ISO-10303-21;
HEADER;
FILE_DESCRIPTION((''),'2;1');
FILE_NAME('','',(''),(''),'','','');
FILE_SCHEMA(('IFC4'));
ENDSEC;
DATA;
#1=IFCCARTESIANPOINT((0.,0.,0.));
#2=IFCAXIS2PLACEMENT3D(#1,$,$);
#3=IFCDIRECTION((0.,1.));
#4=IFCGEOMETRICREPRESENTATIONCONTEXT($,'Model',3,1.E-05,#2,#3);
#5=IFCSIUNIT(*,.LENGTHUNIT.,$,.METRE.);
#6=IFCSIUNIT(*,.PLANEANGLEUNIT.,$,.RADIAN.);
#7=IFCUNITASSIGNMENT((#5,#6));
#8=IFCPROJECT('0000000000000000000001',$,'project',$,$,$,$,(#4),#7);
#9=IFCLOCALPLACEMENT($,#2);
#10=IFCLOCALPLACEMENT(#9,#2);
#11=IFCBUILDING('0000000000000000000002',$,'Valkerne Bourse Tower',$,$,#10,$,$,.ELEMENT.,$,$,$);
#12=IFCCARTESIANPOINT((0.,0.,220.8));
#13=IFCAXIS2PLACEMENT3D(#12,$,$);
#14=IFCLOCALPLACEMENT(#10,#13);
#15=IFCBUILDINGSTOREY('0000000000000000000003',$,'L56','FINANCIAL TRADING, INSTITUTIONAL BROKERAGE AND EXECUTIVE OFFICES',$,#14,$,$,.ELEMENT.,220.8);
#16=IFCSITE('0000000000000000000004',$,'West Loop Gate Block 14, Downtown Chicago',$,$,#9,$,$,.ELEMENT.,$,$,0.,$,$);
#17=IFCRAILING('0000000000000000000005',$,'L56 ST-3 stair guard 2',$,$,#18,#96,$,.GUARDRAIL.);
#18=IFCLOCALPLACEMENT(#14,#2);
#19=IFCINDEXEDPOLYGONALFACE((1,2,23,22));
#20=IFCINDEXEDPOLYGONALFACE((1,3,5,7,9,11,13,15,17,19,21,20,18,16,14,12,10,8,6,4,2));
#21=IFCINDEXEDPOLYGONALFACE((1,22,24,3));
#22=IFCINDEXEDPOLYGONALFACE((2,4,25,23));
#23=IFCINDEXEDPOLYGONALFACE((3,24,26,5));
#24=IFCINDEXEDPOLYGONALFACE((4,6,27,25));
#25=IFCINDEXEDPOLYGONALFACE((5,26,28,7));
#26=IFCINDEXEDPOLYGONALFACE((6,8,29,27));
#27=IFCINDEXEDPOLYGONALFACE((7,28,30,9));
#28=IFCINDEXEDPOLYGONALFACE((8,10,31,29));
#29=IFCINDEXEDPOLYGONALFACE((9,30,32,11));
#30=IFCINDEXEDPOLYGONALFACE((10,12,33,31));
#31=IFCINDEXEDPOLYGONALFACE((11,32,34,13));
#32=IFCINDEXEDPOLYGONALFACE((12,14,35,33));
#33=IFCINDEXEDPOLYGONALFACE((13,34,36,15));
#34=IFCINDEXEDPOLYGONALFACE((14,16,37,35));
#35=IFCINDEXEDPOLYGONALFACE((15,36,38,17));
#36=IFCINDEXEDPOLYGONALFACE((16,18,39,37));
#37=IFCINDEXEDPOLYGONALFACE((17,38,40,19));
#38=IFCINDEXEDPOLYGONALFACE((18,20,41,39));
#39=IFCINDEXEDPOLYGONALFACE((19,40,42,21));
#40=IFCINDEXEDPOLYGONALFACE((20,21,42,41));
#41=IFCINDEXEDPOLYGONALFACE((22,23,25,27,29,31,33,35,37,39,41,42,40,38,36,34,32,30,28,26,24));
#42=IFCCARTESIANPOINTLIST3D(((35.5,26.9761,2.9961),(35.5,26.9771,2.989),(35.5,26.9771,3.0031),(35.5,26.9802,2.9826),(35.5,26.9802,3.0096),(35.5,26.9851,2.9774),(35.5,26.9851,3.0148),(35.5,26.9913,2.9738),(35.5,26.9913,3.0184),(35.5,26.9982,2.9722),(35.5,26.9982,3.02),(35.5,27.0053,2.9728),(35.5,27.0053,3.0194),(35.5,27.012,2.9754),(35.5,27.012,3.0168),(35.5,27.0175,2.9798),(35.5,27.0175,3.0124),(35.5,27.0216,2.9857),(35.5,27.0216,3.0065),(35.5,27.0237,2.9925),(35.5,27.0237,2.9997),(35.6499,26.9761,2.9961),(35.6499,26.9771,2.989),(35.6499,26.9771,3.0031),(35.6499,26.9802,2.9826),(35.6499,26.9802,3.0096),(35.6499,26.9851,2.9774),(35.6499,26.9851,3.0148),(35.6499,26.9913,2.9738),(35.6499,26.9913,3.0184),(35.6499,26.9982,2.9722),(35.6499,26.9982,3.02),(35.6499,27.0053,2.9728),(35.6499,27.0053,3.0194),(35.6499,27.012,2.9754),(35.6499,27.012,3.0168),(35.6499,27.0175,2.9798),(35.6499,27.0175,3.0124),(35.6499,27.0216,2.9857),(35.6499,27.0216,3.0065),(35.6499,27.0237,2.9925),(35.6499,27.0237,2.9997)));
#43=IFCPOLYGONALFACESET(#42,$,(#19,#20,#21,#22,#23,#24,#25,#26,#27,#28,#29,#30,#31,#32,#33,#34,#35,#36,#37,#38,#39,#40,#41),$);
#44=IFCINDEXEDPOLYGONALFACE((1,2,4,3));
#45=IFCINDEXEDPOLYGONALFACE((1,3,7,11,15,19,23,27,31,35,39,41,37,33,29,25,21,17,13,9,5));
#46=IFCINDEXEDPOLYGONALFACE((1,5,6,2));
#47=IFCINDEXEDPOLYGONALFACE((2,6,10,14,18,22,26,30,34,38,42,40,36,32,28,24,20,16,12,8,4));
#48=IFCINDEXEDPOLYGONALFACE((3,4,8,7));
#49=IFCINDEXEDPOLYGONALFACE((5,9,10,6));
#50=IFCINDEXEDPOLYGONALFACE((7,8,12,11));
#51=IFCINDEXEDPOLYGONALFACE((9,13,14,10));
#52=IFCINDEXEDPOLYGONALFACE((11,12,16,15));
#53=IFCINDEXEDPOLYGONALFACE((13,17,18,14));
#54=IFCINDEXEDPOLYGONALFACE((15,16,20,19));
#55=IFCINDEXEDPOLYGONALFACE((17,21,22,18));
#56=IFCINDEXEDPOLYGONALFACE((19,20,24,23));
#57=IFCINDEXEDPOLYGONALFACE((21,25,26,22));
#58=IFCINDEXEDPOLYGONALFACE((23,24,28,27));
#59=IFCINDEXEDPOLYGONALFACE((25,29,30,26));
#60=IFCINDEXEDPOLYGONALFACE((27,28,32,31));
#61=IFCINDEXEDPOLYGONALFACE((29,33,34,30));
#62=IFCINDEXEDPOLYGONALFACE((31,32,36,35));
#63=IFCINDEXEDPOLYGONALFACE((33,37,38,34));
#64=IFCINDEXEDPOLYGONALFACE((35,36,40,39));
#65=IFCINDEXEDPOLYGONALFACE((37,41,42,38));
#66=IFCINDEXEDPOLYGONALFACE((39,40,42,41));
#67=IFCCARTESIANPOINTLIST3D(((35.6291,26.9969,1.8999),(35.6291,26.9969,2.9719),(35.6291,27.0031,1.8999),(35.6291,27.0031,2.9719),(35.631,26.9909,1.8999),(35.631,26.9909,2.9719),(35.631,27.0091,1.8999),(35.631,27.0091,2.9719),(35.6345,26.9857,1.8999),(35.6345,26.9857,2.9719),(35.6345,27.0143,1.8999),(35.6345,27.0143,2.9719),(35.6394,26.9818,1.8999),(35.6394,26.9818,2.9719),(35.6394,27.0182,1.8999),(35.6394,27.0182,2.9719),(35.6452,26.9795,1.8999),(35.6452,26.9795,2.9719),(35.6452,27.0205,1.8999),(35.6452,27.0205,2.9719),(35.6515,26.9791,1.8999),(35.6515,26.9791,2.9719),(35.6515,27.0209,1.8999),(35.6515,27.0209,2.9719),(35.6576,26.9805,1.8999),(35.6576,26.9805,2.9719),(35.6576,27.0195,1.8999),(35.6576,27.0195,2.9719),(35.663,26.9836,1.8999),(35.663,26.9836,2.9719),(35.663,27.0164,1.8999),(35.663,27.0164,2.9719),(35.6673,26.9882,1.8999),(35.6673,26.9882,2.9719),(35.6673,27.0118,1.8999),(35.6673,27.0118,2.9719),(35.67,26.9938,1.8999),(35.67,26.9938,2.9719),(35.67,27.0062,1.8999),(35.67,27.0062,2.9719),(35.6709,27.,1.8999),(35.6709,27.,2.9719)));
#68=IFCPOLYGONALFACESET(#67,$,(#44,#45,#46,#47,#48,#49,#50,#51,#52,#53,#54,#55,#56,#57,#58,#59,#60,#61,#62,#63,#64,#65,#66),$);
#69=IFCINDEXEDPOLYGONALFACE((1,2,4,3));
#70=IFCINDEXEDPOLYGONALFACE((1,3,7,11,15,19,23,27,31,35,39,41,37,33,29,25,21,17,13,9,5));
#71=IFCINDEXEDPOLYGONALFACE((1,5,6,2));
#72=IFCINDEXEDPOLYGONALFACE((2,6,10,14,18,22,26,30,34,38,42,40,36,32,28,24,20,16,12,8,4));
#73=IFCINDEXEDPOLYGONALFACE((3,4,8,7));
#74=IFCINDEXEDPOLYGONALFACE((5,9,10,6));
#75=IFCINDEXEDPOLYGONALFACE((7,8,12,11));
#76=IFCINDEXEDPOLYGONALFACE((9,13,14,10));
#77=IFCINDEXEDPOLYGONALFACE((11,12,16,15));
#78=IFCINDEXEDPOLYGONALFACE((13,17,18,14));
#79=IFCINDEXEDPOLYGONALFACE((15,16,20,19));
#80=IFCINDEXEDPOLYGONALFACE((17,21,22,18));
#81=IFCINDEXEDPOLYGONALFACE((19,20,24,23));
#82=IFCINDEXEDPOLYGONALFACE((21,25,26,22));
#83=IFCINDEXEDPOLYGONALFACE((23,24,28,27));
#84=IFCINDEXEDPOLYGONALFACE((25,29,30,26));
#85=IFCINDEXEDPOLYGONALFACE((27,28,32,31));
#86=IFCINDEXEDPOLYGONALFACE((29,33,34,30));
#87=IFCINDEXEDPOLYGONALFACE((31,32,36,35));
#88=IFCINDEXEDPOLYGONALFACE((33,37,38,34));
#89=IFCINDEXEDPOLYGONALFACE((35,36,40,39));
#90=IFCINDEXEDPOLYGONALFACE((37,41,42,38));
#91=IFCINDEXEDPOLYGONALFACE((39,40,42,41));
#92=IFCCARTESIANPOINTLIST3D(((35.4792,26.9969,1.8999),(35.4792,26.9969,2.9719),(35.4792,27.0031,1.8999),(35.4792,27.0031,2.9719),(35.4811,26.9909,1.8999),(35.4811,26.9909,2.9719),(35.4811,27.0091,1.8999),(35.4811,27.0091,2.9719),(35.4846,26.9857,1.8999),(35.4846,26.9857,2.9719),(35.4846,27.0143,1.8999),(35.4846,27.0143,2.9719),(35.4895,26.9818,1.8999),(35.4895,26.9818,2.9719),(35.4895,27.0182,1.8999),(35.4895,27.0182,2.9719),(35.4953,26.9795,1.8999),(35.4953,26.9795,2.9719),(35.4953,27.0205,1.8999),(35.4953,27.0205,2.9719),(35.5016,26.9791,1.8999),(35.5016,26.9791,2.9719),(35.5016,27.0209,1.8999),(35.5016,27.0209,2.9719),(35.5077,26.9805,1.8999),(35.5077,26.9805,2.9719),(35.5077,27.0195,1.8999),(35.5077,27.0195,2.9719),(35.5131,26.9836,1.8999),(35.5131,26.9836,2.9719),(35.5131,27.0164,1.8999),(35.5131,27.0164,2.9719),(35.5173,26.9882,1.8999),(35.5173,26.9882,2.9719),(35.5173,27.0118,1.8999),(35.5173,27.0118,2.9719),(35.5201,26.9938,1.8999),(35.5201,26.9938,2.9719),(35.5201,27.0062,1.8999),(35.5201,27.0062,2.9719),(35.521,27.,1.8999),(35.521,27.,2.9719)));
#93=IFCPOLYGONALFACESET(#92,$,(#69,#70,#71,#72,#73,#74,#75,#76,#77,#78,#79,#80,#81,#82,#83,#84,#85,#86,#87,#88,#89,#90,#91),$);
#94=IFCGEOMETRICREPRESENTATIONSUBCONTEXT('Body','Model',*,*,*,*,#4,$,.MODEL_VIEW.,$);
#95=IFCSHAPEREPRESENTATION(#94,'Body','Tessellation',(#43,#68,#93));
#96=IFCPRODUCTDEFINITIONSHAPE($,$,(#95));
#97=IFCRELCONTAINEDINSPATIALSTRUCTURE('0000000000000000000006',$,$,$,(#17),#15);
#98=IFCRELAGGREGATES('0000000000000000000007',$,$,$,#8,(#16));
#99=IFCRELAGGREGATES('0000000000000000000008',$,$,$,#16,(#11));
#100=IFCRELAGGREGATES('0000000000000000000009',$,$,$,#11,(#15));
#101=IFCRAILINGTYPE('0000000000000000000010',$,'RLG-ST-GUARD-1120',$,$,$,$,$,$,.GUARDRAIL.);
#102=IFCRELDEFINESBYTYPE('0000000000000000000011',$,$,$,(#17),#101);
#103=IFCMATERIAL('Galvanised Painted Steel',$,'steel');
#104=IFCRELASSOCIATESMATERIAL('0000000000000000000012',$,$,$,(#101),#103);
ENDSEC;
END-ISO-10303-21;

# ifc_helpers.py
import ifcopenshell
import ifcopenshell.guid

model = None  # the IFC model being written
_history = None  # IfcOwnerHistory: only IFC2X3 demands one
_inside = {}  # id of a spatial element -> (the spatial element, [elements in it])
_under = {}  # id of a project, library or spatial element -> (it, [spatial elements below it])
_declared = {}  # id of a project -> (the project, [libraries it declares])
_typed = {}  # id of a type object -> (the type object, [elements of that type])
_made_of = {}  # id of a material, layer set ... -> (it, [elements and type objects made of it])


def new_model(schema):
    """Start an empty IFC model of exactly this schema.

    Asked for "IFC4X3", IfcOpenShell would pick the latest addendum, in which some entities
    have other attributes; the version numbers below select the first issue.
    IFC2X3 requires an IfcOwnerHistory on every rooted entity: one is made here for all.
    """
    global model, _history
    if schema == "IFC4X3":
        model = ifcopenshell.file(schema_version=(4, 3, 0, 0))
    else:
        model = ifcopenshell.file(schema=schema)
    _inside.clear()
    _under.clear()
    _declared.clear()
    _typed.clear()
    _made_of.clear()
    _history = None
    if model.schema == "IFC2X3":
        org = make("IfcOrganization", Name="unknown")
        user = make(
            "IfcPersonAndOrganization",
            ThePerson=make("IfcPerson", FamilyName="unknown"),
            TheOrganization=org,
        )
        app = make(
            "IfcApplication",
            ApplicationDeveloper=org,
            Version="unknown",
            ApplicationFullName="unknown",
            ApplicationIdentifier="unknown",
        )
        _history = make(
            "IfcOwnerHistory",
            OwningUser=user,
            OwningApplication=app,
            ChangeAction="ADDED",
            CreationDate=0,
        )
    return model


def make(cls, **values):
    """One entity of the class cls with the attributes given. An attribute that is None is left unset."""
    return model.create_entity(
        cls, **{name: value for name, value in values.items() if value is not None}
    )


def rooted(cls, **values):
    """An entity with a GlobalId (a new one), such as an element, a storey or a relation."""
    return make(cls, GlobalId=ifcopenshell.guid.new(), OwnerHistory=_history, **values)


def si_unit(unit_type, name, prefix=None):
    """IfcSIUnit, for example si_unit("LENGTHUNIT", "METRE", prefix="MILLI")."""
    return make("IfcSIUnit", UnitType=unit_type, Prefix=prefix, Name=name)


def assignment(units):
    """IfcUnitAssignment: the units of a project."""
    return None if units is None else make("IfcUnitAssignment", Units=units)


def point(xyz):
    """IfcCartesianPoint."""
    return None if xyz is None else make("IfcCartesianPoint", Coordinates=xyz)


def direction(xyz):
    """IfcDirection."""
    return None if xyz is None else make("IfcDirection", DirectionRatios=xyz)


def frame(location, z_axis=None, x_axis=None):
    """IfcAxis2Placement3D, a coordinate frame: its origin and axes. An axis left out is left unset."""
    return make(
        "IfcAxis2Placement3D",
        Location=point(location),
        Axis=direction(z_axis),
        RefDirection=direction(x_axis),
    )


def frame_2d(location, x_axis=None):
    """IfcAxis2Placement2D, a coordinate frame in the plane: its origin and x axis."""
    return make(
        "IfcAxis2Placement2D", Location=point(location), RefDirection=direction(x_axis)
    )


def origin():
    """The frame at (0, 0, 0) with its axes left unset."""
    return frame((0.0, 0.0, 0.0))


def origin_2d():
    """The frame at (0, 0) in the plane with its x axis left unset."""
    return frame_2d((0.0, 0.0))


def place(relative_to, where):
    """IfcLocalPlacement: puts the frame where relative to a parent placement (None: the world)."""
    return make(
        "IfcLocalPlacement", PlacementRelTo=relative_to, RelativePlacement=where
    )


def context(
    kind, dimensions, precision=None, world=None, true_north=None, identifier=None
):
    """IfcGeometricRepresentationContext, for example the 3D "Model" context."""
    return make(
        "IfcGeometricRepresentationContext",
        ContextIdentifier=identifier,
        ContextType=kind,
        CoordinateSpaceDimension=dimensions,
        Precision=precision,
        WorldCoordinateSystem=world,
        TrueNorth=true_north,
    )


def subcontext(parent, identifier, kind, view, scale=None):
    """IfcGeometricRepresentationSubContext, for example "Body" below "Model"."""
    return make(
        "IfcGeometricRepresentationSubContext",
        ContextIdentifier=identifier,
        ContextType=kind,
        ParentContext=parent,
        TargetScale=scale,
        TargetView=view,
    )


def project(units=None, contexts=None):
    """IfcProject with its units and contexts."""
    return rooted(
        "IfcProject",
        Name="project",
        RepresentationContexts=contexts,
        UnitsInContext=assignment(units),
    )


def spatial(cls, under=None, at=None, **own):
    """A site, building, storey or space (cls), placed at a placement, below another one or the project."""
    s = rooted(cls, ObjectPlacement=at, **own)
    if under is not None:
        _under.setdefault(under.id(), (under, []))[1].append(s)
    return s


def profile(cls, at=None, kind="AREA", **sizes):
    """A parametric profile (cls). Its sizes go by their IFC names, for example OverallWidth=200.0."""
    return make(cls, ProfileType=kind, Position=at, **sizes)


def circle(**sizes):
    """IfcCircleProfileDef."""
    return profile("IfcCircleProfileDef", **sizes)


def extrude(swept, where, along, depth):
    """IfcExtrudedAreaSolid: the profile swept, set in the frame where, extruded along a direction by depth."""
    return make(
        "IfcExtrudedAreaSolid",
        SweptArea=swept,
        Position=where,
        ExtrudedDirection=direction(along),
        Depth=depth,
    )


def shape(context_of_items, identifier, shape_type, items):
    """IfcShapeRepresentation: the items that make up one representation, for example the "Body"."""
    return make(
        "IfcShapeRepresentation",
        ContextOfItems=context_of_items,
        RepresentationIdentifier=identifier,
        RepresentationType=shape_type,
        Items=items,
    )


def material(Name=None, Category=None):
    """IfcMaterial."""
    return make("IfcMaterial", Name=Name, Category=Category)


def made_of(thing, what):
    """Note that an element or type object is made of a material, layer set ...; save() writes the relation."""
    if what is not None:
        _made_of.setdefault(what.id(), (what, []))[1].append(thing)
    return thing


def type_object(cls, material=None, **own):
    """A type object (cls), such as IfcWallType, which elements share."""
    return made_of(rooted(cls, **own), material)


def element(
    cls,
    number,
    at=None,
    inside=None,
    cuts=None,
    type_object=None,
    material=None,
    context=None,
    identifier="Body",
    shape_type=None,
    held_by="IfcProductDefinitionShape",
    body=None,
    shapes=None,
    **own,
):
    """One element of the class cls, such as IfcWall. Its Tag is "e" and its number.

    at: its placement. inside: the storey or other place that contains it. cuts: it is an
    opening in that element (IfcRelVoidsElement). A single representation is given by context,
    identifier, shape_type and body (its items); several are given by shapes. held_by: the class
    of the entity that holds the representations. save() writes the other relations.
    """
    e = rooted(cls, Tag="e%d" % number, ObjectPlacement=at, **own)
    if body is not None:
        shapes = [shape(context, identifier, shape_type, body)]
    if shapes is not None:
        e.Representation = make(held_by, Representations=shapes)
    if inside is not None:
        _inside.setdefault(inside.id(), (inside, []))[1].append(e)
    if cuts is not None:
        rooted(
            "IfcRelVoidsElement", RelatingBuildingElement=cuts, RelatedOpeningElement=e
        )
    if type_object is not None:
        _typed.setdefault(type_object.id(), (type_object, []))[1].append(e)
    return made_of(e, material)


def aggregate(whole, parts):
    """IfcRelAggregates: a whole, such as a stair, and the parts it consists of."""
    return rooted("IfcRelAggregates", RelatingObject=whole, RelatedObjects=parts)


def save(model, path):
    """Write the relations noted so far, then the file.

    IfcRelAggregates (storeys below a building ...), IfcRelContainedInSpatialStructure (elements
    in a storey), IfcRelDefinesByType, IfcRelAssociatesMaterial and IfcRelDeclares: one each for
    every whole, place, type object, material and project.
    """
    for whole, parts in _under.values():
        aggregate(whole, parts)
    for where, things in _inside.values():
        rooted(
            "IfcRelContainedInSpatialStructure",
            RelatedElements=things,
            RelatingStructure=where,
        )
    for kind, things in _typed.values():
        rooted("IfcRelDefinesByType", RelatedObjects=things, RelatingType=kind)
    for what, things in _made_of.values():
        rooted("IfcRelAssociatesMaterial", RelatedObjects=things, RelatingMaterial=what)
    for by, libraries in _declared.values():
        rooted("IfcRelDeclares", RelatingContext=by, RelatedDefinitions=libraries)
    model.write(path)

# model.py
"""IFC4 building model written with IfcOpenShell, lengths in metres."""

from ifc_helpers import new_model, si_unit, direction, frame, origin, origin_2d, place, context, subcontext, project, spatial, circle, extrude, material, type_object, element, save


model = new_model("IFC4")

# Units and contexts
model_context = context("Model", 3, precision=1e-05, world=origin(), true_north=direction((0.0, 1.0)))
body_context = subcontext(model_context, "Body", "Model", "MODEL_VIEW")
ifc_project = project(units=[si_unit("LENGTHUNIT", "METRE"), si_unit("PLANEANGLEUNIT", "RADIAN")], contexts=[model_context])

# Site, building, storey
site_placement = place(None, origin())
site = spatial("IfcSite", under=ifc_project, at=site_placement, Name="West Loop Gate Block 14, Downtown Chicago", CompositionType="ELEMENT", RefElevation=0.0)
building_placement = place(site_placement, origin())
building = spatial("IfcBuilding", under=site, at=building_placement, Name="Valkerne Bourse Tower", CompositionType="ELEMENT")
storey_placement = place(building_placement, frame((0.0, 0.0, 220.8)))
storey = spatial("IfcBuildingStorey", under=building, at=storey_placement, Name="L56", Description="FINANCIAL TRADING, INSTITUTIONAL BROKERAGE AND EXECUTIVE OFFICES", CompositionType="ELEMENT", Elevation=220.8)

# Railing
ifc_material_1 = material(Name="Galvanised Painted Steel", Category="steel")
railing_type_1 = type_object("IfcRailingType", Name="RLG-ST-GUARD-1120", PredefinedType="GUARDRAIL", material=ifc_material_1)
railing_1_placement = place(storey_placement, frame((35.6499, 27.0, 1.8999)))
element("IfcRailing", 1, at=railing_1_placement, inside=storey, type_object=railing_type_1, Name="L56 ST-3 stair guard 2", PredefinedType="GUARDRAIL", context=body_context, shape_type="SweptSolid", body=[
    extrude(circle(Radius=0.0239, at=origin_2d()), frame((0.0, 0.0, 1.0962), z_axis=(-1.0, 0.0, 0.0), x_axis=(0.0, -1.0, 0.0)), (0.0, 0.0, 1.0), 0.1499),
    extrude(circle(Radius=0.021, at=origin_2d()), origin(), (0.0, 0.0, 1.0), 1.072),
    extrude(circle(Radius=0.021, at=origin_2d()), frame((-0.1499, 0.0, 0.0)), (0.0, 0.0, 1.0), 1.072),
])

save(model, "model.ifc")
